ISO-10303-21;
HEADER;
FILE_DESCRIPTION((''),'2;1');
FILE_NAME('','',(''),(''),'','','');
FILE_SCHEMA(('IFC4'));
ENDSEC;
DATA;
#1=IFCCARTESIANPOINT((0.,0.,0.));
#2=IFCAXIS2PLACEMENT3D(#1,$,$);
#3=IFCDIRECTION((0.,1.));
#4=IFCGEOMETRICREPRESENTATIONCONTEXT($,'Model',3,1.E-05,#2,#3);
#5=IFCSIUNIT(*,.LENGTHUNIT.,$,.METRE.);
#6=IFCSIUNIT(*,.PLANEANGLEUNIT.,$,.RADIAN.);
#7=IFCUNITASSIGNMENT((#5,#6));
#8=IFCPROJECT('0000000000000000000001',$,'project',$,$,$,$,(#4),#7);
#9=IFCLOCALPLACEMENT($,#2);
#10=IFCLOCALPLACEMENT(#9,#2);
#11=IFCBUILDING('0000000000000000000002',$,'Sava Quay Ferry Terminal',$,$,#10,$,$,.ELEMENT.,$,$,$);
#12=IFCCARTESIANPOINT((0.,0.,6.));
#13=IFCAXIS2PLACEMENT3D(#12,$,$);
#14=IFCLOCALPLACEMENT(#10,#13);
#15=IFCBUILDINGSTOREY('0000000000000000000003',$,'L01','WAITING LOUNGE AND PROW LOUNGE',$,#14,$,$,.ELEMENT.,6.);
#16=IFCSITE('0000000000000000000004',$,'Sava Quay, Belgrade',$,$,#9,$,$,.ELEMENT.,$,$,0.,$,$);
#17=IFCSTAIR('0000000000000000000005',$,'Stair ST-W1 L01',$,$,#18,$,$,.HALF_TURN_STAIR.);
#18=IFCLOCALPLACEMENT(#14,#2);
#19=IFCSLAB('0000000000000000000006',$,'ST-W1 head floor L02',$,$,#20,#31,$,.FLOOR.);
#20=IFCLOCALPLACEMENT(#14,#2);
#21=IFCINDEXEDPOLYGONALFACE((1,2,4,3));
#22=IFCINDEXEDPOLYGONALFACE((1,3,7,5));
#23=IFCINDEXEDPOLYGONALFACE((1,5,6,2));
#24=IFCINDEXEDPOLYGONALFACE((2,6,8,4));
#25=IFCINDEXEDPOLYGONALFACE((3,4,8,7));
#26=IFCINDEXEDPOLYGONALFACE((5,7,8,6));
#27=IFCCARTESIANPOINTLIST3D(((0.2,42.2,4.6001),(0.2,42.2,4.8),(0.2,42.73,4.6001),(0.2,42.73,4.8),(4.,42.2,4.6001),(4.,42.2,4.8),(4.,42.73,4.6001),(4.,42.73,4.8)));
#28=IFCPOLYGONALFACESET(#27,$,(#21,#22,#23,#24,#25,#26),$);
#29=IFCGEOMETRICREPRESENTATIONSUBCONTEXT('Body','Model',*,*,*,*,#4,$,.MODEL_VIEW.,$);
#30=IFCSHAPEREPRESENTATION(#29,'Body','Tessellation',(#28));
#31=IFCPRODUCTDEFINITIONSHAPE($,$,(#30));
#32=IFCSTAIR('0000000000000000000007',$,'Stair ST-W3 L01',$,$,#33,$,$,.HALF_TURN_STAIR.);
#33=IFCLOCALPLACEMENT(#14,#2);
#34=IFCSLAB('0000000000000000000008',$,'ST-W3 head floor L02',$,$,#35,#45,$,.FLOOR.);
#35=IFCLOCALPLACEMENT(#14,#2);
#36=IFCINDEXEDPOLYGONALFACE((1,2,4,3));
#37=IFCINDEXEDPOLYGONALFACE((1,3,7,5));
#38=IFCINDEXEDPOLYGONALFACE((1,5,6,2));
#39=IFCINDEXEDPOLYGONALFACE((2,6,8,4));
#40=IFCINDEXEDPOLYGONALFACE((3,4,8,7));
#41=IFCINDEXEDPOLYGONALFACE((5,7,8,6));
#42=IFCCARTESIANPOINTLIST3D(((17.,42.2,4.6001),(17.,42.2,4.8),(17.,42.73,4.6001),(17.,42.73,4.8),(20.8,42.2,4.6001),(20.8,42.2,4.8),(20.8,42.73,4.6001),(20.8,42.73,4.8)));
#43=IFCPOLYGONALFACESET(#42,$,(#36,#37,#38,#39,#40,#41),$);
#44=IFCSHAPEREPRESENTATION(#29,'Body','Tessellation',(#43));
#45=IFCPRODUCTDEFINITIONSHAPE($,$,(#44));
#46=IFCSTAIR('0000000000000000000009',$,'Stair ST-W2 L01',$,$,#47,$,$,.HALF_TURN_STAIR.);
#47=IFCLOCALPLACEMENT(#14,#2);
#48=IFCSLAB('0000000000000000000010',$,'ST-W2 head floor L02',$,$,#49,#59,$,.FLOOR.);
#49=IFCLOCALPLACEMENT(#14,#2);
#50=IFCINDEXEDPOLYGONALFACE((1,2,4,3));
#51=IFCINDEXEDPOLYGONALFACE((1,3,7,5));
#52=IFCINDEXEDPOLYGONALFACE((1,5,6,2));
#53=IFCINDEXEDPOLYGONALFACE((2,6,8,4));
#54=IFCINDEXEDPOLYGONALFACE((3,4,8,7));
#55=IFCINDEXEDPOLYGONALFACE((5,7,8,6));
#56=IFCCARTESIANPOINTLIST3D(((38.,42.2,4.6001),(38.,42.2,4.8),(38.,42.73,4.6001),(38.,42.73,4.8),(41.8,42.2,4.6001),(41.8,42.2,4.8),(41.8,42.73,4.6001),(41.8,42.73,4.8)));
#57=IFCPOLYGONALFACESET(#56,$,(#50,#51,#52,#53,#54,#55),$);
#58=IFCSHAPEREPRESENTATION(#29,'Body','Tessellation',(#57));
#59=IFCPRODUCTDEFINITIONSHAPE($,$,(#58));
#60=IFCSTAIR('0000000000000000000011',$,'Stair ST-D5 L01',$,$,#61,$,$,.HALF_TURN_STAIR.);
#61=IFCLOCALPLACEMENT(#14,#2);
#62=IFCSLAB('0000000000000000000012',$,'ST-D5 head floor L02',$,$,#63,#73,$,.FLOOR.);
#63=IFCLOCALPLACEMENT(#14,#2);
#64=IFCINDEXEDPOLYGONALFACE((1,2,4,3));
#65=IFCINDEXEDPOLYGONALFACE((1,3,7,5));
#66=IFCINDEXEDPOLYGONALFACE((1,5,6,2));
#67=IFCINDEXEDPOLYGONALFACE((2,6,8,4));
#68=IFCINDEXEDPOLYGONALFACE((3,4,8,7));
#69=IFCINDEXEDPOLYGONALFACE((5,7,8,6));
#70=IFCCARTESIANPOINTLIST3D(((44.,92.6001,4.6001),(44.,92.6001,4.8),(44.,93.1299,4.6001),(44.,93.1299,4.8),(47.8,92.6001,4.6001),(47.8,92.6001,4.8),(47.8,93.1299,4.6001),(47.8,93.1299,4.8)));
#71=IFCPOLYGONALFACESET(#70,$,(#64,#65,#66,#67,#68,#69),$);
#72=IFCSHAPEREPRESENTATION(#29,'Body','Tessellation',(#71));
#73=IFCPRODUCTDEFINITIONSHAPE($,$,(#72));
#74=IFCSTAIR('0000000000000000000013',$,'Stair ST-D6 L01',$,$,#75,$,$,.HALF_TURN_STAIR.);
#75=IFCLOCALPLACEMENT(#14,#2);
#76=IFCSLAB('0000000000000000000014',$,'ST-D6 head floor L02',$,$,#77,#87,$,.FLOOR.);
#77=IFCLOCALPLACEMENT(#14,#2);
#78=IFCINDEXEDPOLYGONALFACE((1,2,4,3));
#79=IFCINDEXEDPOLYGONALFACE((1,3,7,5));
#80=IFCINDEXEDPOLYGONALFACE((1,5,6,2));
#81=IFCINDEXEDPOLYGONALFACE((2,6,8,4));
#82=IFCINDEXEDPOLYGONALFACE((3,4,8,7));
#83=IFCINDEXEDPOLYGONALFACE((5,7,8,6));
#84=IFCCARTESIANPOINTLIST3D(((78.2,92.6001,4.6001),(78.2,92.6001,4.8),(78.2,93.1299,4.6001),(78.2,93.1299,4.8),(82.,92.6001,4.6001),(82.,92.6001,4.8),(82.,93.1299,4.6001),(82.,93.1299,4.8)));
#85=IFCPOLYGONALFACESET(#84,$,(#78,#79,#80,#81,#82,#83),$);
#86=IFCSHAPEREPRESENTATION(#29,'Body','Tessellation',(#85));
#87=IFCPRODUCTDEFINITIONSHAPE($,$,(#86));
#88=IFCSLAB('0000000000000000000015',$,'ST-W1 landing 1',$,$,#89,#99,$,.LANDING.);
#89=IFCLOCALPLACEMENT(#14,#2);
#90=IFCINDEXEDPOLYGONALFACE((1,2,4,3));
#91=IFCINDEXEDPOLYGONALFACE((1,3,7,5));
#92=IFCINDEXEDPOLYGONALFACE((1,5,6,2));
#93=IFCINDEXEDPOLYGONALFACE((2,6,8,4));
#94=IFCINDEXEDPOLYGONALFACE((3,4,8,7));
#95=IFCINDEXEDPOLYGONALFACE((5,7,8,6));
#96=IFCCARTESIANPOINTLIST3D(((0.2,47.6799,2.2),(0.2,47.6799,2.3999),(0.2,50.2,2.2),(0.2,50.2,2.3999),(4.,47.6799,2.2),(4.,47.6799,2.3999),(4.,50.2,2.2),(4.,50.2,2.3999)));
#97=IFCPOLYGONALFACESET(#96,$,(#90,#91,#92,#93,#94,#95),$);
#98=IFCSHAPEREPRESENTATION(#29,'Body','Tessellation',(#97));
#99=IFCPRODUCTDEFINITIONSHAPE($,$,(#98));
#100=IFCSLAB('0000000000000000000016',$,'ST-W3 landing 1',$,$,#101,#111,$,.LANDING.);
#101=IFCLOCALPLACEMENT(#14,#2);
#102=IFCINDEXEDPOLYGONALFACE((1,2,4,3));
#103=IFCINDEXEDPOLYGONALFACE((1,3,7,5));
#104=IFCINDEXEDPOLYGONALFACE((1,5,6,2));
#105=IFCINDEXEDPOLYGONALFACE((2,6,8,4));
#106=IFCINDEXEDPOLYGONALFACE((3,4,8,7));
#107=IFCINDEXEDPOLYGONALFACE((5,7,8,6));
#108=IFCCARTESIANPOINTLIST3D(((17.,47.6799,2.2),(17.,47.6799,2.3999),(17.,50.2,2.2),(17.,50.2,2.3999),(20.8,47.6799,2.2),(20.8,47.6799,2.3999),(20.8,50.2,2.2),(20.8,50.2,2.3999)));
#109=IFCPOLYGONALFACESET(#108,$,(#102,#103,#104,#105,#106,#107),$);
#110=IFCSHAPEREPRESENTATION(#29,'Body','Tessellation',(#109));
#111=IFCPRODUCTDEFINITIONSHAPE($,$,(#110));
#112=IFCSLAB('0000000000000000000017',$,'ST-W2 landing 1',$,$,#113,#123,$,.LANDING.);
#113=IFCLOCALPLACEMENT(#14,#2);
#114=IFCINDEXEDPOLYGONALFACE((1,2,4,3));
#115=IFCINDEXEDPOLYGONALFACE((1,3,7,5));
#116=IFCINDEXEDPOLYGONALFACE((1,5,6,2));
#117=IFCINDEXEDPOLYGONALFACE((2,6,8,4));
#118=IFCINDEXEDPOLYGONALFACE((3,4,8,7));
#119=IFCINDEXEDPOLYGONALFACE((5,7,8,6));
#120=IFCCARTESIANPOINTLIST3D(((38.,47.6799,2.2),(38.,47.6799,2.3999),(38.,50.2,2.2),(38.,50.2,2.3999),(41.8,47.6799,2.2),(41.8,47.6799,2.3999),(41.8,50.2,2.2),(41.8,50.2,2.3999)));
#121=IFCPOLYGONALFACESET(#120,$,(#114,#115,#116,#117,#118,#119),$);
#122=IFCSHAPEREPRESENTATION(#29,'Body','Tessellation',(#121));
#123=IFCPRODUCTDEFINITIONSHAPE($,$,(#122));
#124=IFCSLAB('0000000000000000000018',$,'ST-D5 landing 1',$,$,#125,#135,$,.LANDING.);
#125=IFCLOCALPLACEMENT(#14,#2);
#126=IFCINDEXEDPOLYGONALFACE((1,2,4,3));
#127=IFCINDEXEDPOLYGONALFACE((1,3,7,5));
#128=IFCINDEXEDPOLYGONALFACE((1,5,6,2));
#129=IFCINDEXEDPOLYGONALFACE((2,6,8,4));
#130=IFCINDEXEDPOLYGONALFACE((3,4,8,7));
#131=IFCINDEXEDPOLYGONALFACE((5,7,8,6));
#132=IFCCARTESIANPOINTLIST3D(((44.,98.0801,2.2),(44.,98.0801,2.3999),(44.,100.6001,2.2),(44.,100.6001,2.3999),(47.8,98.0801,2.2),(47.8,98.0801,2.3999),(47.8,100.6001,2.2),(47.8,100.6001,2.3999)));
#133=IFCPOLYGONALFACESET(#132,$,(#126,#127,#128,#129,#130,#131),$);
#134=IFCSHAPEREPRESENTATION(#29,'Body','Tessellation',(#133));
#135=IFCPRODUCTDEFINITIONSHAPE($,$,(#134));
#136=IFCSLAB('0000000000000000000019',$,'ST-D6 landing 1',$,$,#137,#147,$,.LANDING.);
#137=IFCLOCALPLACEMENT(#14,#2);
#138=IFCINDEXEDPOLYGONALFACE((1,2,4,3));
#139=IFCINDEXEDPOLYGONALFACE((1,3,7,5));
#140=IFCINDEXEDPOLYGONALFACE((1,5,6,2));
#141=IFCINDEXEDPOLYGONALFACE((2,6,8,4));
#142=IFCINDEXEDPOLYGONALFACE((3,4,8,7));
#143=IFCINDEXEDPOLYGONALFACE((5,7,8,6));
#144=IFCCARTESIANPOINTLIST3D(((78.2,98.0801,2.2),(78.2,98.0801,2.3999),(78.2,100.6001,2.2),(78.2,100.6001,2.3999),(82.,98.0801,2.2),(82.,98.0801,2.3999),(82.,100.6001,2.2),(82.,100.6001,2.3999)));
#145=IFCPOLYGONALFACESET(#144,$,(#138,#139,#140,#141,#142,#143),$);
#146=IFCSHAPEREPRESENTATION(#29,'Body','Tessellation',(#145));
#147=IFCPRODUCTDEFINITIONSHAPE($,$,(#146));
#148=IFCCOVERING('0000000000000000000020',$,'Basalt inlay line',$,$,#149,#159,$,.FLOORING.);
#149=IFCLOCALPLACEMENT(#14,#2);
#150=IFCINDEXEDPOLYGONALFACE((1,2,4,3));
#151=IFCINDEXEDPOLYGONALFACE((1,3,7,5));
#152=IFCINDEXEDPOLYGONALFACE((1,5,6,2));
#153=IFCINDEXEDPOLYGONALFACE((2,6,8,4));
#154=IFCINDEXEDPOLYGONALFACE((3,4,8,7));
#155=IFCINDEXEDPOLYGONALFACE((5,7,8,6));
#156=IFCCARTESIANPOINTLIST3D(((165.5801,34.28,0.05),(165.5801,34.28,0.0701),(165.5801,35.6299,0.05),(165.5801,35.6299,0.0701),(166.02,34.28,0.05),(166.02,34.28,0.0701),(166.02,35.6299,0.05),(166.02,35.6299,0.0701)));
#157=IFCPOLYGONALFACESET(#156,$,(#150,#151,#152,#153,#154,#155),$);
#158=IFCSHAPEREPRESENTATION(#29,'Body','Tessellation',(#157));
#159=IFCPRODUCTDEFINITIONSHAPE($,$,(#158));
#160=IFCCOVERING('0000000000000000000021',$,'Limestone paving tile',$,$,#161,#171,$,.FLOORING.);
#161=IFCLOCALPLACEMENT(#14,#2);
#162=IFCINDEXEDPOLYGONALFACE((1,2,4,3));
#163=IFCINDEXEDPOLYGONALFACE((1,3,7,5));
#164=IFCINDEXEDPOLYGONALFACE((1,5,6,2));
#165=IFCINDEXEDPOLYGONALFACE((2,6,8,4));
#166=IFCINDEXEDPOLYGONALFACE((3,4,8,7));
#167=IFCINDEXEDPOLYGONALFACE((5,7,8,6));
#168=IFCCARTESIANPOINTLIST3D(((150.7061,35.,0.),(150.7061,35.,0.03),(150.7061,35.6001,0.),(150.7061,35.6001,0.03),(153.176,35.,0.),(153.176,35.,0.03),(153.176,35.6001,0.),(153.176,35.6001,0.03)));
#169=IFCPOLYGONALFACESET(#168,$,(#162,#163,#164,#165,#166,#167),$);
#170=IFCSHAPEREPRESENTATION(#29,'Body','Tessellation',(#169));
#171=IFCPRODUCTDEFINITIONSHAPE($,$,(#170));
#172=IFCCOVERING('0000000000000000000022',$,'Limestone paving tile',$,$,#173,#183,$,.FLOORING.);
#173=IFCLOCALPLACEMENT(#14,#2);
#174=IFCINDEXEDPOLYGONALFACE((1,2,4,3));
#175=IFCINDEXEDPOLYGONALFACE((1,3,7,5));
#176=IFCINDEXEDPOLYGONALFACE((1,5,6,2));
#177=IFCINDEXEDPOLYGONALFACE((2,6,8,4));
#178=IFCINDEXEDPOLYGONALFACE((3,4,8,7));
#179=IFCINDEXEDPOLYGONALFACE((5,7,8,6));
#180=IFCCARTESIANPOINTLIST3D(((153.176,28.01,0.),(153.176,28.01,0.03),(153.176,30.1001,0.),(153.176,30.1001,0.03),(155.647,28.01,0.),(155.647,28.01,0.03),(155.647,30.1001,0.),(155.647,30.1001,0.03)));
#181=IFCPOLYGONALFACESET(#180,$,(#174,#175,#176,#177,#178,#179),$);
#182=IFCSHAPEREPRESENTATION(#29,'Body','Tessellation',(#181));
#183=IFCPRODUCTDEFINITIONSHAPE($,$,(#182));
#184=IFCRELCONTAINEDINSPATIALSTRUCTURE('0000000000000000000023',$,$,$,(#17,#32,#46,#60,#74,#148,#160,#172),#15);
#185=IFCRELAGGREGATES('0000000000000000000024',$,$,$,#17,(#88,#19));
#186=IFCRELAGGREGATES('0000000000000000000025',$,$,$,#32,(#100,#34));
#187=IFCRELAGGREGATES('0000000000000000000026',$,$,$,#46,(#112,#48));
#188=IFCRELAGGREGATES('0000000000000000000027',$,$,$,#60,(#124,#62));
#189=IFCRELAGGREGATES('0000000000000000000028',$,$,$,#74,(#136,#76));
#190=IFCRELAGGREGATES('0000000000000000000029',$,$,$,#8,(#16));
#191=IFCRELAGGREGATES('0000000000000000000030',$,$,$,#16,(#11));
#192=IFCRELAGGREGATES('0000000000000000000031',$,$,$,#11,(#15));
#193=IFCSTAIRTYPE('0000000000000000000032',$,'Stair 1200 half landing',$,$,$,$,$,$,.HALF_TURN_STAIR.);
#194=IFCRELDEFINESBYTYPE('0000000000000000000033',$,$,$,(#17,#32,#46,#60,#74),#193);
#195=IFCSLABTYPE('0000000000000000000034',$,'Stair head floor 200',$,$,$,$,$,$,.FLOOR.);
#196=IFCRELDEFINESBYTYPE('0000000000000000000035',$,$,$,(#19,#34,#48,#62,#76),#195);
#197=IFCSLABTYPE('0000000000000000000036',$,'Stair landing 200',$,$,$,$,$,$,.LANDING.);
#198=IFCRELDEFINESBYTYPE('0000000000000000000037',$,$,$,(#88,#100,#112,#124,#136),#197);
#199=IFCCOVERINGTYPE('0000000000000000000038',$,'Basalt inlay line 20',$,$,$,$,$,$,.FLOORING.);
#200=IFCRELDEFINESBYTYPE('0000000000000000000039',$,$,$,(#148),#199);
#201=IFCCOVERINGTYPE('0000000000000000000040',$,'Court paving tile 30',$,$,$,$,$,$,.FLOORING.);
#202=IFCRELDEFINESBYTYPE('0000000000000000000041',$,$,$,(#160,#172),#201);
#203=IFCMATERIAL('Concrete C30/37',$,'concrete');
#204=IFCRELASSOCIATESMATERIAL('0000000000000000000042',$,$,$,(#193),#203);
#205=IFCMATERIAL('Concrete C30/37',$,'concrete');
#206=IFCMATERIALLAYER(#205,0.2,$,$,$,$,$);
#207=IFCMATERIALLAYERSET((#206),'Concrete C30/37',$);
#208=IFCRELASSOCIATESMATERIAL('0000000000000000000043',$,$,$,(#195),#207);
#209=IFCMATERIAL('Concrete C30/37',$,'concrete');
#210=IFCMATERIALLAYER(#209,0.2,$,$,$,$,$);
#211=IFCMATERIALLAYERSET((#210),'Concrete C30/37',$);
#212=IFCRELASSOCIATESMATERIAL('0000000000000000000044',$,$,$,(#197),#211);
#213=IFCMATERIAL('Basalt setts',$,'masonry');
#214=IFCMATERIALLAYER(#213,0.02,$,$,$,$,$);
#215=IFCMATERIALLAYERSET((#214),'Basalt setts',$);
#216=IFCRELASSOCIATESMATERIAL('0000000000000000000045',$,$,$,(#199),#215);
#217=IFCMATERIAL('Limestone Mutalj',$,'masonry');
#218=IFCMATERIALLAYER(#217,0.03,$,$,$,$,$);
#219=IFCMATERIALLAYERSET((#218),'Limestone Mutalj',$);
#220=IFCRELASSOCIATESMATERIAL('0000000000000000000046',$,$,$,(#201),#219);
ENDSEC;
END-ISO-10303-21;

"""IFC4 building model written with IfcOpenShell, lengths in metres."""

from ifc_helpers import new_model, si_unit, direction, frame, origin, place, context, subcontext, project, spatial, polyline, outline, extrude, material, layer, layer_set, type_object, element, aggregate, save


model = new_model("IFC4")

# Units and contexts
model_context = context("Model", 3, precision=1e-05, world=origin(), true_north=direction((0.0, 1.0)))
body_context = subcontext(model_context, "Body", "Model", "MODEL_VIEW")
ifc_project = project(units=[si_unit("LENGTHUNIT", "METRE"), si_unit("PLANEANGLEUNIT", "RADIAN")], contexts=[model_context])

# Site, building, storey
site_placement = place(None, origin())
site = spatial("IfcSite", under=ifc_project, at=site_placement, Name="Sava Quay, Belgrade", CompositionType="ELEMENT", RefElevation=0.0)
building_placement = place(site_placement, origin())
building = spatial("IfcBuilding", under=site, at=building_placement, Name="Sava Quay Ferry Terminal", CompositionType="ELEMENT")
storey_placement = place(building_placement, frame((0.0, 0.0, 6.0)))
storey = spatial("IfcBuildingStorey", under=building, at=storey_placement, Name="L01", Description="WAITING LOUNGE AND PROW LOUNGE", CompositionType="ELEMENT", Elevation=6.0)

# Stairs, slabs
ifc_material_1 = material(Name="Concrete C30/37", Category="concrete")
stair_type = type_object("IfcStairType", Name="Stair 1200 half landing", PredefinedType="HALF_TURN_STAIR", material=ifc_material_1)
stair_1_placement = place(storey_placement, origin())
stair_1 = element("IfcStair", 1, at=stair_1_placement, inside=storey, type_object=stair_type, Name="Stair ST-W1 L01", PredefinedType="HALF_TURN_STAIR")
ifc_material_2 = material(Name="Concrete C30/37", Category="concrete")
ifc_layer_1 = layer(ifc_material_2, 0.2)
ifc_layer_set_1 = layer_set([ifc_layer_1], Name="Concrete C30/37")
slab_type_1 = type_object("IfcSlabType", Name="Stair head floor 200", PredefinedType="FLOOR", material=ifc_layer_set_1)
slab_1_placement = place(storey_placement, frame((0.0, 0.0, 4.6001)))
slab_1 = element("IfcSlab", 2, at=slab_1_placement, type_object=slab_type_1, Name="ST-W1 head floor L02", PredefinedType="FLOOR", context=body_context, shape_type="SweptSolid", body=[
    extrude(outline(polyline([(0.2, 42.2), (0.2, 42.73), (4.0, 42.73), (4.0, 42.2), (0.2, 42.2)])), origin(), (0.0, 0.0, 1.0), 0.2),
])
stair_2_placement = place(storey_placement, origin())
stair_2 = element("IfcStair", 3, at=stair_2_placement, inside=storey, type_object=stair_type, Name="Stair ST-W3 L01", PredefinedType="HALF_TURN_STAIR")
slab_2_placement = place(storey_placement, frame((0.0, 0.0, 4.6001)))
slab_2 = element("IfcSlab", 4, at=slab_2_placement, type_object=slab_type_1, Name="ST-W3 head floor L02", PredefinedType="FLOOR", context=body_context, shape_type="SweptSolid", body=[
    extrude(outline(polyline([(17.0, 42.2), (17.0, 42.73), (20.8, 42.73), (20.8, 42.2), (17.0, 42.2)])), origin(), (0.0, 0.0, 1.0), 0.2),
])
stair_3_placement = place(storey_placement, origin())
stair_3 = element("IfcStair", 5, at=stair_3_placement, inside=storey, type_object=stair_type, Name="Stair ST-W2 L01", PredefinedType="HALF_TURN_STAIR")
slab_3_placement = place(storey_placement, frame((0.0, 0.0, 4.6001)))
slab_3 = element("IfcSlab", 6, at=slab_3_placement, type_object=slab_type_1, Name="ST-W2 head floor L02", PredefinedType="FLOOR", context=body_context, shape_type="SweptSolid", body=[
    extrude(outline(polyline([(38.0, 42.2), (38.0, 42.73), (41.8, 42.73), (41.8, 42.2), (38.0, 42.2)])), origin(), (0.0, 0.0, 1.0), 0.2),
])
stair_4_placement = place(storey_placement, origin())
stair_4 = element("IfcStair", 7, at=stair_4_placement, inside=storey, type_object=stair_type, Name="Stair ST-D5 L01", PredefinedType="HALF_TURN_STAIR")
slab_4_placement = place(storey_placement, frame((0.0, 0.0, 4.6001)))
slab_4 = element("IfcSlab", 8, at=slab_4_placement, type_object=slab_type_1, Name="ST-D5 head floor L02", PredefinedType="FLOOR", context=body_context, shape_type="SweptSolid", body=[
    extrude(outline(polyline([(44.0, 92.6001), (44.0, 93.1299), (47.8, 93.1299), (47.8, 92.6001), (44.0, 92.6001)])), origin(), (0.0, 0.0, 1.0), 0.2),
])
stair_5_placement = place(storey_placement, origin())
stair_5 = element("IfcStair", 9, at=stair_5_placement, inside=storey, type_object=stair_type, Name="Stair ST-D6 L01", PredefinedType="HALF_TURN_STAIR")
slab_5_placement = place(storey_placement, frame((0.0, 0.0, 4.6001)))
slab_5 = element("IfcSlab", 10, at=slab_5_placement, type_object=slab_type_1, Name="ST-D6 head floor L02", PredefinedType="FLOOR", context=body_context, shape_type="SweptSolid", body=[
    extrude(outline(polyline([(78.2, 92.6001), (78.2, 93.1299), (82.0, 93.1299), (82.0, 92.6001), (78.2, 92.6001)])), origin(), (0.0, 0.0, 1.0), 0.2),
])

# Slabs
ifc_material_3 = material(Name="Concrete C30/37", Category="concrete")
ifc_layer_2 = layer(ifc_material_3, 0.2)
ifc_layer_set_2 = layer_set([ifc_layer_2], Name="Concrete C30/37")
slab_type_2 = type_object("IfcSlabType", Name="Stair landing 200", PredefinedType="LANDING", material=ifc_layer_set_2)
slab_6_placement = place(storey_placement, frame((0.0, 0.0, 2.2)))
slab_6 = element("IfcSlab", 11, at=slab_6_placement, type_object=slab_type_2, Name="ST-W1 landing 1", PredefinedType="LANDING", context=body_context, shape_type="SweptSolid", body=[
    extrude(outline(polyline([(0.2, 47.6799), (0.2, 50.2), (4.0, 50.2), (4.0, 47.6799), (0.2, 47.6799)])), origin(), (0.0, 0.0, 1.0), 0.2),
])
aggregate(stair_1, [slab_6, slab_1])
slab_7_placement = place(storey_placement, frame((0.0, 0.0, 2.2)))
slab_7 = element("IfcSlab", 12, at=slab_7_placement, type_object=slab_type_2, Name="ST-W3 landing 1", PredefinedType="LANDING", context=body_context, shape_type="SweptSolid", body=[
    extrude(outline(polyline([(17.0, 47.6799), (17.0, 50.2), (20.8, 50.2), (20.8, 47.6799), (17.0, 47.6799)])), origin(), (0.0, 0.0, 1.0), 0.2),
])
aggregate(stair_2, [slab_7, slab_2])
slab_8_placement = place(storey_placement, frame((0.0, 0.0, 2.2)))
slab_8 = element("IfcSlab", 13, at=slab_8_placement, type_object=slab_type_2, Name="ST-W2 landing 1", PredefinedType="LANDING", context=body_context, shape_type="SweptSolid", body=[
    extrude(outline(polyline([(38.0, 47.6799), (38.0, 50.2), (41.8, 50.2), (41.8, 47.6799), (38.0, 47.6799)])), origin(), (0.0, 0.0, 1.0), 0.2),
])
aggregate(stair_3, [slab_8, slab_3])
slab_9_placement = place(storey_placement, frame((0.0, 0.0, 2.2)))
slab_9 = element("IfcSlab", 14, at=slab_9_placement, type_object=slab_type_2, Name="ST-D5 landing 1", PredefinedType="LANDING", context=body_context, shape_type="SweptSolid", body=[
    extrude(outline(polyline([(44.0, 98.0801), (44.0, 100.6001), (47.8, 100.6001), (47.8, 98.0801), (44.0, 98.0801)])), origin(), (0.0, 0.0, 1.0), 0.2),
])
aggregate(stair_4, [slab_9, slab_4])
slab_10_placement = place(storey_placement, frame((0.0, 0.0, 2.2)))
slab_10 = element("IfcSlab", 15, at=slab_10_placement, type_object=slab_type_2, Name="ST-D6 landing 1", PredefinedType="LANDING", context=body_context, shape_type="SweptSolid", body=[
    extrude(outline(polyline([(78.2, 98.0801), (78.2, 100.6001), (82.0, 100.6001), (82.0, 98.0801), (78.2, 98.0801)])), origin(), (0.0, 0.0, 1.0), 0.2),
])
aggregate(stair_5, [slab_10, slab_5])

# Coverings
ifc_material_4 = material(Name="Basalt setts", Category="masonry")
ifc_layer_3 = layer(ifc_material_4, 0.02)
ifc_layer_set_3 = layer_set([ifc_layer_3], Name="Basalt setts")
covering_type_1 = type_object("IfcCoveringType", Name="Basalt inlay line 20", PredefinedType="FLOORING", material=ifc_layer_set_3)
covering_1_placement = place(storey_placement, frame((0.0, 0.0, 0.05)))
element("IfcCovering", 16, at=covering_1_placement, inside=storey, type_object=covering_type_1, Name="Basalt inlay line", PredefinedType="FLOORING", context=body_context, shape_type="SweptSolid", body=[
    extrude(outline(polyline([(166.02, 35.6299), (165.5801, 35.6299), (165.5801, 34.28), (166.02, 34.28), (166.02, 35.6299)])), origin(), (0.0, 0.0, 1.0), 0.02),
])
ifc_material_5 = material(Name="Limestone Mutalj", Category="masonry")
ifc_layer_4 = layer(ifc_material_5, 0.03)
ifc_layer_set_4 = layer_set([ifc_layer_4], Name="Limestone Mutalj")
covering_type_2 = type_object("IfcCoveringType", Name="Court paving tile 30", PredefinedType="FLOORING", material=ifc_layer_set_4)
covering_2_placement = place(storey_placement, origin())
element("IfcCovering", 17, at=covering_2_placement, inside=storey, type_object=covering_type_2, Name="Limestone paving tile", PredefinedType="FLOORING", context=body_context, shape_type="SweptSolid", body=[
    extrude(outline(polyline([(153.176, 35.0), (153.176, 35.6001), (150.7061, 35.6001), (150.7061, 35.0), (153.176, 35.0)])), origin(), (0.0, 0.0, 1.0), 0.03),
])
covering_3_placement = place(storey_placement, origin())
element("IfcCovering", 18, at=covering_3_placement, inside=storey, type_object=covering_type_2, Name="Limestone paving tile", PredefinedType="FLOORING", context=body_context, shape_type="SweptSolid", body=[
    extrude(outline(polyline([(153.176, 30.1001), (153.176, 28.01), (155.647, 28.01), (155.647, 30.1001), (153.176, 30.1001)])), origin(), (0.0, 0.0, 1.0), 0.03),
])

save(model, "model.ifc")
